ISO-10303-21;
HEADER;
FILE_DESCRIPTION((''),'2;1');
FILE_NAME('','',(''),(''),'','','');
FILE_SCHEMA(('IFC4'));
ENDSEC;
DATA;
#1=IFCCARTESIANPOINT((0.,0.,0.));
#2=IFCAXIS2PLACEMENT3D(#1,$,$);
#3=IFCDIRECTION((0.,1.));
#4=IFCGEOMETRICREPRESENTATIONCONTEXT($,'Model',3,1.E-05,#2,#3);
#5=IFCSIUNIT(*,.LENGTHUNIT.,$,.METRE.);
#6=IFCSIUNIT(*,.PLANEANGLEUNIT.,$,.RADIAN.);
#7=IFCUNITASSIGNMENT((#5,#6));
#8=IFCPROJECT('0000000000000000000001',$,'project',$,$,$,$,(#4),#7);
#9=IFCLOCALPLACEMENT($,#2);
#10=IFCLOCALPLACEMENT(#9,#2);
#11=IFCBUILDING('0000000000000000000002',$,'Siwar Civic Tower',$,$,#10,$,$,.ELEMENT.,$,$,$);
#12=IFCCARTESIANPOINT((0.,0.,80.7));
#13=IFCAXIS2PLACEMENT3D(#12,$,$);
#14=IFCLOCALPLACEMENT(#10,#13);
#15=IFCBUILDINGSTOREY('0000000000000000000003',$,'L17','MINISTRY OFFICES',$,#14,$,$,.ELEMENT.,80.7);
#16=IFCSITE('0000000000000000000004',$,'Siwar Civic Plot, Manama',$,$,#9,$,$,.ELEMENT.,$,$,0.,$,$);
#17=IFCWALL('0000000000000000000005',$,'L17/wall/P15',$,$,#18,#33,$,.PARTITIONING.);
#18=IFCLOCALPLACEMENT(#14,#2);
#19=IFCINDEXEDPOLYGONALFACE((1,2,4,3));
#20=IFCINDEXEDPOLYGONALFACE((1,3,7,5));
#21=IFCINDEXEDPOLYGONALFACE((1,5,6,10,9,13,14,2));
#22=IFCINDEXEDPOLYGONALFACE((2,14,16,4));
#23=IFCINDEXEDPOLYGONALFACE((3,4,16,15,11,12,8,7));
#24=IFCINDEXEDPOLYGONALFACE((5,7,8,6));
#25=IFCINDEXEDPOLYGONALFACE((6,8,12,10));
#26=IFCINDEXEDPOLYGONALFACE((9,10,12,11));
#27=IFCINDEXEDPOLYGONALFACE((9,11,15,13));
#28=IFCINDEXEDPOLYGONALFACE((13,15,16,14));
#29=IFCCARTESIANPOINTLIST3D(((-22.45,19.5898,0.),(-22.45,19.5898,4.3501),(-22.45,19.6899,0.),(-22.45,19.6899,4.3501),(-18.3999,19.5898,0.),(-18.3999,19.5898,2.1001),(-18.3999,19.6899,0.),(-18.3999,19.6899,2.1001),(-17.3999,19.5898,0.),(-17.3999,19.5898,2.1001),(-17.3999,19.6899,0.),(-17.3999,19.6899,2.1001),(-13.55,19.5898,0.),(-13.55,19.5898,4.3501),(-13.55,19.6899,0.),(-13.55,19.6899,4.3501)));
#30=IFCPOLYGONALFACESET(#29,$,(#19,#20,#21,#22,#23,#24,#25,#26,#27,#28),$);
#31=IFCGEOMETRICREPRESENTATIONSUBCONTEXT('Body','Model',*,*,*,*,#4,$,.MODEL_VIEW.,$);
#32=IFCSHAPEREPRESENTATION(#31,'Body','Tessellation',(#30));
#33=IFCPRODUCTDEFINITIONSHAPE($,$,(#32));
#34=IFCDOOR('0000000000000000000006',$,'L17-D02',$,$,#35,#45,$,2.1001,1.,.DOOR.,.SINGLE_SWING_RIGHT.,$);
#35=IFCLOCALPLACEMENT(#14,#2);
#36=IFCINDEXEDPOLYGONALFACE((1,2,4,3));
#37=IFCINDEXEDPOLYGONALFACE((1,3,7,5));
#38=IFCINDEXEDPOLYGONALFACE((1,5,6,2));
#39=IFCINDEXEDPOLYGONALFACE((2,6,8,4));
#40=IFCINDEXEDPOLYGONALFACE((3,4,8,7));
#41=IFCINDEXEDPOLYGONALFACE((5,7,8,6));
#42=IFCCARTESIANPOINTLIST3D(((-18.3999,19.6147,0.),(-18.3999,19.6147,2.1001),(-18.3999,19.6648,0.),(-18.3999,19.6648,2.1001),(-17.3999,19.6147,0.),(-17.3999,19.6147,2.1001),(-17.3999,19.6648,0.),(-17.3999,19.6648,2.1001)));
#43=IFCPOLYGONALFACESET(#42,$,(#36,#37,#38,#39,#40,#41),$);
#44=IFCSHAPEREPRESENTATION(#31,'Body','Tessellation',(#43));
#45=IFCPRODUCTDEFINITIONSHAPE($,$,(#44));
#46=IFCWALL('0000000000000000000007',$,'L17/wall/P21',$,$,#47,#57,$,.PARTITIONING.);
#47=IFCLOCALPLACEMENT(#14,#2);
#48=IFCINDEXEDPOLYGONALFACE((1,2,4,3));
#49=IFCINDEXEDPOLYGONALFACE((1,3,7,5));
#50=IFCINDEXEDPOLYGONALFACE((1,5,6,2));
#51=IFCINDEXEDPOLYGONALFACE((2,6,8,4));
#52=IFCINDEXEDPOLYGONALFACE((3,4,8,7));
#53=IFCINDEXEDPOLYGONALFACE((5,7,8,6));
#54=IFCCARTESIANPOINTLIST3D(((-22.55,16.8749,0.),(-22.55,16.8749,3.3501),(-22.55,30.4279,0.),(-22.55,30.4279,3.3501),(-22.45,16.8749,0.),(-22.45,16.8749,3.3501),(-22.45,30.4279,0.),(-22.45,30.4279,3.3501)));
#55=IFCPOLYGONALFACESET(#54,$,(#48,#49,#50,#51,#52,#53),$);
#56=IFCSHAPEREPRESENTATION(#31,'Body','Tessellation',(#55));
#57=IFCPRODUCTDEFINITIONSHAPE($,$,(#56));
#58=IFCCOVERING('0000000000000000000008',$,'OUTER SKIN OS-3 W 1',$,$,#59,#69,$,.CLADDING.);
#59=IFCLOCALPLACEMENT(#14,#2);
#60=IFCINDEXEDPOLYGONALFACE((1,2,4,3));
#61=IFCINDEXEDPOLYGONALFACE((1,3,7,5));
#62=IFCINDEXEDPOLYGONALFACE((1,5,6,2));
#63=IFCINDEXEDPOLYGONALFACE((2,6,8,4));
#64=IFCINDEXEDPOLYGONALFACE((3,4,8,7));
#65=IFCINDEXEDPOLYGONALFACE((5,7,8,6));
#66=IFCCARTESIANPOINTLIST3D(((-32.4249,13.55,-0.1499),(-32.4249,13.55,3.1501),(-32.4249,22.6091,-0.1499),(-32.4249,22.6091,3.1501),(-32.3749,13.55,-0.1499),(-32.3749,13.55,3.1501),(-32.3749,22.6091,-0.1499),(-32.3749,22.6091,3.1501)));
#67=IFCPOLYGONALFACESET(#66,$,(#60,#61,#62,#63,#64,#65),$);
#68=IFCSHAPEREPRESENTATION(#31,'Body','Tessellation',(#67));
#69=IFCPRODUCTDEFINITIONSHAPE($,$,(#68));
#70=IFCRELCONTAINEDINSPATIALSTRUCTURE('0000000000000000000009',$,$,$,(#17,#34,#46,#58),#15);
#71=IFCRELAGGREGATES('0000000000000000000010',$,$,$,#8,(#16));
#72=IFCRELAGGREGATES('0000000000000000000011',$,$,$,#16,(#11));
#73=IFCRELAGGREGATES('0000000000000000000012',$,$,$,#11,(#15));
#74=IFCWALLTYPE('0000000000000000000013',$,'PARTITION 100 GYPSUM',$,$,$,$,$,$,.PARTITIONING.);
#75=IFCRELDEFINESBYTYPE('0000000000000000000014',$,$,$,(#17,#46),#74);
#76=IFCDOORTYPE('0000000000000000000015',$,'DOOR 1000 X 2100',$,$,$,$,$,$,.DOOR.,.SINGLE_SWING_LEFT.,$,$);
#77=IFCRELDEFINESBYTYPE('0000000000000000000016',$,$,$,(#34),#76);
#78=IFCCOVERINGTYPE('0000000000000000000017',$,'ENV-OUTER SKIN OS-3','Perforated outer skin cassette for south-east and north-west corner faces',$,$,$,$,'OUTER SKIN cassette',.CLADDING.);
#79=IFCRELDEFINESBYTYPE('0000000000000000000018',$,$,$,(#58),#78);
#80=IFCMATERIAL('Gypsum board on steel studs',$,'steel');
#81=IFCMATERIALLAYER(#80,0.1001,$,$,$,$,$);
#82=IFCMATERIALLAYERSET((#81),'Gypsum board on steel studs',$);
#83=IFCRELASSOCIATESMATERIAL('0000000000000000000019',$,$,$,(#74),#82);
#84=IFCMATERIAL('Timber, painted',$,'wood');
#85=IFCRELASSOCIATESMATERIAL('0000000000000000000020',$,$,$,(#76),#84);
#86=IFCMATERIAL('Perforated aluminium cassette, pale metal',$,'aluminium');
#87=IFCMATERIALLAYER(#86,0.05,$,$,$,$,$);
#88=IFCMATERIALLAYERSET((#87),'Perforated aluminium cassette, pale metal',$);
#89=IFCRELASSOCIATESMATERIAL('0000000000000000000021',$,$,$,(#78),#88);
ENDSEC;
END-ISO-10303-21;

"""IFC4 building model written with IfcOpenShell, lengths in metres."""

from ifc_helpers import new_model, si_unit, direction, frame, frame_2d, origin, origin_2d, place, context, subcontext, project, spatial, rectangle, extrude, material, layer, layer_set, type_object, element, fill, save


model = new_model("IFC4")

# Units and contexts
model_context = context("Model", 3, precision=1e-05, world=origin(), true_north=direction((0.0, 1.0)))
body_context = subcontext(model_context, "Body", "Model", "MODEL_VIEW")
ifc_project = project(units=[si_unit("LENGTHUNIT", "METRE"), si_unit("PLANEANGLEUNIT", "RADIAN")], contexts=[model_context])

# Site, building, storey
site_placement = place(None, origin())
site = spatial("IfcSite", under=ifc_project, at=site_placement, Name="Siwar Civic Plot, Manama", CompositionType="ELEMENT", RefElevation=0.0)
building_placement = place(site_placement, origin())
building = spatial("IfcBuilding", under=site, at=building_placement, Name="Siwar Civic Tower", CompositionType="ELEMENT")
storey_placement = place(building_placement, frame((0.0, 0.0, 80.7)))
storey = spatial("IfcBuildingStorey", under=building, at=storey_placement, Name="L17", Description="MINISTRY OFFICES", CompositionType="ELEMENT", Elevation=80.7)

# Wall, opening, door
ifc_material_1 = material(Name="Gypsum board on steel studs", Category="steel")
ifc_layer_1 = layer(ifc_material_1, 0.1001)
ifc_layer_set_1 = layer_set([ifc_layer_1], Name="Gypsum board on steel studs")
wall_type_1 = type_object("IfcWallType", Name="PARTITION 100 GYPSUM", PredefinedType="PARTITIONING", material=ifc_layer_set_1)
wall_1_placement = place(storey_placement, frame((-22.45, 19.6399, 0.0), z_axis=(0.0, 0.0, 1.0), x_axis=(1.0, 0.0, 0.0)))
wall_1 = element("IfcWall", 1, at=wall_1_placement, inside=storey, type_object=wall_type_1, Name="L17/wall/P15", PredefinedType="PARTITIONING", context=body_context, shape_type="SweptSolid", body=[
    extrude(rectangle(XDim=8.8999, YDim=0.1001, at=frame_2d((4.45, 0.0))), origin(), (0.0, 0.0, 1.0), 4.3501),
])
opening_1_placement = place(wall_1_placement, frame((4.05, 0.0, 0.0)))
opening_1 = element("IfcOpeningElement", 2, at=opening_1_placement, cuts=wall_1, PredefinedType="OPENING", context=body_context, shape_type="SweptSolid", body=[
    extrude(rectangle(XDim=1.0, YDim=2.1001, at=frame_2d((0.5, 1.05))), frame((0.0, 0.0601, 0.0), z_axis=(0.0, -1.0, 0.0), x_axis=(1.0, 0.0, 0.0)), (0.0, 0.0, 1.0), 0.1201),
])
ifc_material_2 = material(Name="Timber, painted", Category="wood")
door_type_1 = type_object("IfcDoorType", Name="DOOR 1000 X 2100", OperationType="SINGLE_SWING_LEFT", PredefinedType="DOOR", material=ifc_material_2)
door_1_placement = place(opening_1_placement, origin())
door_1 = element("IfcDoor", 3, at=door_1_placement, inside=storey, type_object=door_type_1, Name="L17-D02", OperationType="SINGLE_SWING_RIGHT", OverallHeight=2.1001, OverallWidth=1.0, PredefinedType="DOOR", context=body_context, shape_type="SweptSolid", body=[
    extrude(rectangle(XDim=1.0, YDim=2.1001, at=frame_2d((0.5, 1.05))), frame((0.0, 0.0249, 0.0), z_axis=(0.0, -1.0, 0.0), x_axis=(1.0, 0.0, 0.0)), (0.0, 0.0, 1.0), 0.05),
])
fill(opening_1, door_1)

# Wall
wall_2_placement = place(storey_placement, frame((-22.5, 16.875, 0.0), z_axis=(0.0, 0.0, 1.0), x_axis=(0.0, 1.0, 0.0)))
element("IfcWall", 4, at=wall_2_placement, inside=storey, type_object=wall_type_1, Name="L17/wall/P21", PredefinedType="PARTITIONING", context=body_context, shape_type="SweptSolid", body=[
    extrude(rectangle(XDim=13.553, YDim=0.1001, at=frame_2d((6.7764, 0.0))), origin(), (0.0, 0.0, 1.0), 3.3501),
])

# Covering
ifc_material_3 = material(Name="Perforated aluminium cassette, pale metal", Category="aluminium")
ifc_layer_2 = layer(ifc_material_3, 0.05)
ifc_layer_set_2 = layer_set([ifc_layer_2], Name="Perforated aluminium cassette, pale metal")
covering_type = type_object("IfcCoveringType", Name="ENV-OUTER SKIN OS-3", Description="Perforated outer skin cassette for south-east and north-west corner faces", ElementType="OUTER SKIN cassette", PredefinedType="CLADDING", material=ifc_layer_set_2)
covering_placement = place(storey_placement, frame((-32.3999, 18.0796, -0.1499), z_axis=(0.0, 0.0, 1.0), x_axis=(0.0, -1.0, 0.0)))
element("IfcCovering", 5, at=covering_placement, inside=storey, type_object=covering_type, Name="OUTER SKIN OS-3 W 1", PredefinedType="CLADDING", context=body_context, shape_type="SweptSolid", body=[
    extrude(rectangle(XDim=9.0591, YDim=0.05, at=origin_2d()), origin(), (0.0, 0.0, 1.0), 3.3),
])

save(model, "model.ifc")
